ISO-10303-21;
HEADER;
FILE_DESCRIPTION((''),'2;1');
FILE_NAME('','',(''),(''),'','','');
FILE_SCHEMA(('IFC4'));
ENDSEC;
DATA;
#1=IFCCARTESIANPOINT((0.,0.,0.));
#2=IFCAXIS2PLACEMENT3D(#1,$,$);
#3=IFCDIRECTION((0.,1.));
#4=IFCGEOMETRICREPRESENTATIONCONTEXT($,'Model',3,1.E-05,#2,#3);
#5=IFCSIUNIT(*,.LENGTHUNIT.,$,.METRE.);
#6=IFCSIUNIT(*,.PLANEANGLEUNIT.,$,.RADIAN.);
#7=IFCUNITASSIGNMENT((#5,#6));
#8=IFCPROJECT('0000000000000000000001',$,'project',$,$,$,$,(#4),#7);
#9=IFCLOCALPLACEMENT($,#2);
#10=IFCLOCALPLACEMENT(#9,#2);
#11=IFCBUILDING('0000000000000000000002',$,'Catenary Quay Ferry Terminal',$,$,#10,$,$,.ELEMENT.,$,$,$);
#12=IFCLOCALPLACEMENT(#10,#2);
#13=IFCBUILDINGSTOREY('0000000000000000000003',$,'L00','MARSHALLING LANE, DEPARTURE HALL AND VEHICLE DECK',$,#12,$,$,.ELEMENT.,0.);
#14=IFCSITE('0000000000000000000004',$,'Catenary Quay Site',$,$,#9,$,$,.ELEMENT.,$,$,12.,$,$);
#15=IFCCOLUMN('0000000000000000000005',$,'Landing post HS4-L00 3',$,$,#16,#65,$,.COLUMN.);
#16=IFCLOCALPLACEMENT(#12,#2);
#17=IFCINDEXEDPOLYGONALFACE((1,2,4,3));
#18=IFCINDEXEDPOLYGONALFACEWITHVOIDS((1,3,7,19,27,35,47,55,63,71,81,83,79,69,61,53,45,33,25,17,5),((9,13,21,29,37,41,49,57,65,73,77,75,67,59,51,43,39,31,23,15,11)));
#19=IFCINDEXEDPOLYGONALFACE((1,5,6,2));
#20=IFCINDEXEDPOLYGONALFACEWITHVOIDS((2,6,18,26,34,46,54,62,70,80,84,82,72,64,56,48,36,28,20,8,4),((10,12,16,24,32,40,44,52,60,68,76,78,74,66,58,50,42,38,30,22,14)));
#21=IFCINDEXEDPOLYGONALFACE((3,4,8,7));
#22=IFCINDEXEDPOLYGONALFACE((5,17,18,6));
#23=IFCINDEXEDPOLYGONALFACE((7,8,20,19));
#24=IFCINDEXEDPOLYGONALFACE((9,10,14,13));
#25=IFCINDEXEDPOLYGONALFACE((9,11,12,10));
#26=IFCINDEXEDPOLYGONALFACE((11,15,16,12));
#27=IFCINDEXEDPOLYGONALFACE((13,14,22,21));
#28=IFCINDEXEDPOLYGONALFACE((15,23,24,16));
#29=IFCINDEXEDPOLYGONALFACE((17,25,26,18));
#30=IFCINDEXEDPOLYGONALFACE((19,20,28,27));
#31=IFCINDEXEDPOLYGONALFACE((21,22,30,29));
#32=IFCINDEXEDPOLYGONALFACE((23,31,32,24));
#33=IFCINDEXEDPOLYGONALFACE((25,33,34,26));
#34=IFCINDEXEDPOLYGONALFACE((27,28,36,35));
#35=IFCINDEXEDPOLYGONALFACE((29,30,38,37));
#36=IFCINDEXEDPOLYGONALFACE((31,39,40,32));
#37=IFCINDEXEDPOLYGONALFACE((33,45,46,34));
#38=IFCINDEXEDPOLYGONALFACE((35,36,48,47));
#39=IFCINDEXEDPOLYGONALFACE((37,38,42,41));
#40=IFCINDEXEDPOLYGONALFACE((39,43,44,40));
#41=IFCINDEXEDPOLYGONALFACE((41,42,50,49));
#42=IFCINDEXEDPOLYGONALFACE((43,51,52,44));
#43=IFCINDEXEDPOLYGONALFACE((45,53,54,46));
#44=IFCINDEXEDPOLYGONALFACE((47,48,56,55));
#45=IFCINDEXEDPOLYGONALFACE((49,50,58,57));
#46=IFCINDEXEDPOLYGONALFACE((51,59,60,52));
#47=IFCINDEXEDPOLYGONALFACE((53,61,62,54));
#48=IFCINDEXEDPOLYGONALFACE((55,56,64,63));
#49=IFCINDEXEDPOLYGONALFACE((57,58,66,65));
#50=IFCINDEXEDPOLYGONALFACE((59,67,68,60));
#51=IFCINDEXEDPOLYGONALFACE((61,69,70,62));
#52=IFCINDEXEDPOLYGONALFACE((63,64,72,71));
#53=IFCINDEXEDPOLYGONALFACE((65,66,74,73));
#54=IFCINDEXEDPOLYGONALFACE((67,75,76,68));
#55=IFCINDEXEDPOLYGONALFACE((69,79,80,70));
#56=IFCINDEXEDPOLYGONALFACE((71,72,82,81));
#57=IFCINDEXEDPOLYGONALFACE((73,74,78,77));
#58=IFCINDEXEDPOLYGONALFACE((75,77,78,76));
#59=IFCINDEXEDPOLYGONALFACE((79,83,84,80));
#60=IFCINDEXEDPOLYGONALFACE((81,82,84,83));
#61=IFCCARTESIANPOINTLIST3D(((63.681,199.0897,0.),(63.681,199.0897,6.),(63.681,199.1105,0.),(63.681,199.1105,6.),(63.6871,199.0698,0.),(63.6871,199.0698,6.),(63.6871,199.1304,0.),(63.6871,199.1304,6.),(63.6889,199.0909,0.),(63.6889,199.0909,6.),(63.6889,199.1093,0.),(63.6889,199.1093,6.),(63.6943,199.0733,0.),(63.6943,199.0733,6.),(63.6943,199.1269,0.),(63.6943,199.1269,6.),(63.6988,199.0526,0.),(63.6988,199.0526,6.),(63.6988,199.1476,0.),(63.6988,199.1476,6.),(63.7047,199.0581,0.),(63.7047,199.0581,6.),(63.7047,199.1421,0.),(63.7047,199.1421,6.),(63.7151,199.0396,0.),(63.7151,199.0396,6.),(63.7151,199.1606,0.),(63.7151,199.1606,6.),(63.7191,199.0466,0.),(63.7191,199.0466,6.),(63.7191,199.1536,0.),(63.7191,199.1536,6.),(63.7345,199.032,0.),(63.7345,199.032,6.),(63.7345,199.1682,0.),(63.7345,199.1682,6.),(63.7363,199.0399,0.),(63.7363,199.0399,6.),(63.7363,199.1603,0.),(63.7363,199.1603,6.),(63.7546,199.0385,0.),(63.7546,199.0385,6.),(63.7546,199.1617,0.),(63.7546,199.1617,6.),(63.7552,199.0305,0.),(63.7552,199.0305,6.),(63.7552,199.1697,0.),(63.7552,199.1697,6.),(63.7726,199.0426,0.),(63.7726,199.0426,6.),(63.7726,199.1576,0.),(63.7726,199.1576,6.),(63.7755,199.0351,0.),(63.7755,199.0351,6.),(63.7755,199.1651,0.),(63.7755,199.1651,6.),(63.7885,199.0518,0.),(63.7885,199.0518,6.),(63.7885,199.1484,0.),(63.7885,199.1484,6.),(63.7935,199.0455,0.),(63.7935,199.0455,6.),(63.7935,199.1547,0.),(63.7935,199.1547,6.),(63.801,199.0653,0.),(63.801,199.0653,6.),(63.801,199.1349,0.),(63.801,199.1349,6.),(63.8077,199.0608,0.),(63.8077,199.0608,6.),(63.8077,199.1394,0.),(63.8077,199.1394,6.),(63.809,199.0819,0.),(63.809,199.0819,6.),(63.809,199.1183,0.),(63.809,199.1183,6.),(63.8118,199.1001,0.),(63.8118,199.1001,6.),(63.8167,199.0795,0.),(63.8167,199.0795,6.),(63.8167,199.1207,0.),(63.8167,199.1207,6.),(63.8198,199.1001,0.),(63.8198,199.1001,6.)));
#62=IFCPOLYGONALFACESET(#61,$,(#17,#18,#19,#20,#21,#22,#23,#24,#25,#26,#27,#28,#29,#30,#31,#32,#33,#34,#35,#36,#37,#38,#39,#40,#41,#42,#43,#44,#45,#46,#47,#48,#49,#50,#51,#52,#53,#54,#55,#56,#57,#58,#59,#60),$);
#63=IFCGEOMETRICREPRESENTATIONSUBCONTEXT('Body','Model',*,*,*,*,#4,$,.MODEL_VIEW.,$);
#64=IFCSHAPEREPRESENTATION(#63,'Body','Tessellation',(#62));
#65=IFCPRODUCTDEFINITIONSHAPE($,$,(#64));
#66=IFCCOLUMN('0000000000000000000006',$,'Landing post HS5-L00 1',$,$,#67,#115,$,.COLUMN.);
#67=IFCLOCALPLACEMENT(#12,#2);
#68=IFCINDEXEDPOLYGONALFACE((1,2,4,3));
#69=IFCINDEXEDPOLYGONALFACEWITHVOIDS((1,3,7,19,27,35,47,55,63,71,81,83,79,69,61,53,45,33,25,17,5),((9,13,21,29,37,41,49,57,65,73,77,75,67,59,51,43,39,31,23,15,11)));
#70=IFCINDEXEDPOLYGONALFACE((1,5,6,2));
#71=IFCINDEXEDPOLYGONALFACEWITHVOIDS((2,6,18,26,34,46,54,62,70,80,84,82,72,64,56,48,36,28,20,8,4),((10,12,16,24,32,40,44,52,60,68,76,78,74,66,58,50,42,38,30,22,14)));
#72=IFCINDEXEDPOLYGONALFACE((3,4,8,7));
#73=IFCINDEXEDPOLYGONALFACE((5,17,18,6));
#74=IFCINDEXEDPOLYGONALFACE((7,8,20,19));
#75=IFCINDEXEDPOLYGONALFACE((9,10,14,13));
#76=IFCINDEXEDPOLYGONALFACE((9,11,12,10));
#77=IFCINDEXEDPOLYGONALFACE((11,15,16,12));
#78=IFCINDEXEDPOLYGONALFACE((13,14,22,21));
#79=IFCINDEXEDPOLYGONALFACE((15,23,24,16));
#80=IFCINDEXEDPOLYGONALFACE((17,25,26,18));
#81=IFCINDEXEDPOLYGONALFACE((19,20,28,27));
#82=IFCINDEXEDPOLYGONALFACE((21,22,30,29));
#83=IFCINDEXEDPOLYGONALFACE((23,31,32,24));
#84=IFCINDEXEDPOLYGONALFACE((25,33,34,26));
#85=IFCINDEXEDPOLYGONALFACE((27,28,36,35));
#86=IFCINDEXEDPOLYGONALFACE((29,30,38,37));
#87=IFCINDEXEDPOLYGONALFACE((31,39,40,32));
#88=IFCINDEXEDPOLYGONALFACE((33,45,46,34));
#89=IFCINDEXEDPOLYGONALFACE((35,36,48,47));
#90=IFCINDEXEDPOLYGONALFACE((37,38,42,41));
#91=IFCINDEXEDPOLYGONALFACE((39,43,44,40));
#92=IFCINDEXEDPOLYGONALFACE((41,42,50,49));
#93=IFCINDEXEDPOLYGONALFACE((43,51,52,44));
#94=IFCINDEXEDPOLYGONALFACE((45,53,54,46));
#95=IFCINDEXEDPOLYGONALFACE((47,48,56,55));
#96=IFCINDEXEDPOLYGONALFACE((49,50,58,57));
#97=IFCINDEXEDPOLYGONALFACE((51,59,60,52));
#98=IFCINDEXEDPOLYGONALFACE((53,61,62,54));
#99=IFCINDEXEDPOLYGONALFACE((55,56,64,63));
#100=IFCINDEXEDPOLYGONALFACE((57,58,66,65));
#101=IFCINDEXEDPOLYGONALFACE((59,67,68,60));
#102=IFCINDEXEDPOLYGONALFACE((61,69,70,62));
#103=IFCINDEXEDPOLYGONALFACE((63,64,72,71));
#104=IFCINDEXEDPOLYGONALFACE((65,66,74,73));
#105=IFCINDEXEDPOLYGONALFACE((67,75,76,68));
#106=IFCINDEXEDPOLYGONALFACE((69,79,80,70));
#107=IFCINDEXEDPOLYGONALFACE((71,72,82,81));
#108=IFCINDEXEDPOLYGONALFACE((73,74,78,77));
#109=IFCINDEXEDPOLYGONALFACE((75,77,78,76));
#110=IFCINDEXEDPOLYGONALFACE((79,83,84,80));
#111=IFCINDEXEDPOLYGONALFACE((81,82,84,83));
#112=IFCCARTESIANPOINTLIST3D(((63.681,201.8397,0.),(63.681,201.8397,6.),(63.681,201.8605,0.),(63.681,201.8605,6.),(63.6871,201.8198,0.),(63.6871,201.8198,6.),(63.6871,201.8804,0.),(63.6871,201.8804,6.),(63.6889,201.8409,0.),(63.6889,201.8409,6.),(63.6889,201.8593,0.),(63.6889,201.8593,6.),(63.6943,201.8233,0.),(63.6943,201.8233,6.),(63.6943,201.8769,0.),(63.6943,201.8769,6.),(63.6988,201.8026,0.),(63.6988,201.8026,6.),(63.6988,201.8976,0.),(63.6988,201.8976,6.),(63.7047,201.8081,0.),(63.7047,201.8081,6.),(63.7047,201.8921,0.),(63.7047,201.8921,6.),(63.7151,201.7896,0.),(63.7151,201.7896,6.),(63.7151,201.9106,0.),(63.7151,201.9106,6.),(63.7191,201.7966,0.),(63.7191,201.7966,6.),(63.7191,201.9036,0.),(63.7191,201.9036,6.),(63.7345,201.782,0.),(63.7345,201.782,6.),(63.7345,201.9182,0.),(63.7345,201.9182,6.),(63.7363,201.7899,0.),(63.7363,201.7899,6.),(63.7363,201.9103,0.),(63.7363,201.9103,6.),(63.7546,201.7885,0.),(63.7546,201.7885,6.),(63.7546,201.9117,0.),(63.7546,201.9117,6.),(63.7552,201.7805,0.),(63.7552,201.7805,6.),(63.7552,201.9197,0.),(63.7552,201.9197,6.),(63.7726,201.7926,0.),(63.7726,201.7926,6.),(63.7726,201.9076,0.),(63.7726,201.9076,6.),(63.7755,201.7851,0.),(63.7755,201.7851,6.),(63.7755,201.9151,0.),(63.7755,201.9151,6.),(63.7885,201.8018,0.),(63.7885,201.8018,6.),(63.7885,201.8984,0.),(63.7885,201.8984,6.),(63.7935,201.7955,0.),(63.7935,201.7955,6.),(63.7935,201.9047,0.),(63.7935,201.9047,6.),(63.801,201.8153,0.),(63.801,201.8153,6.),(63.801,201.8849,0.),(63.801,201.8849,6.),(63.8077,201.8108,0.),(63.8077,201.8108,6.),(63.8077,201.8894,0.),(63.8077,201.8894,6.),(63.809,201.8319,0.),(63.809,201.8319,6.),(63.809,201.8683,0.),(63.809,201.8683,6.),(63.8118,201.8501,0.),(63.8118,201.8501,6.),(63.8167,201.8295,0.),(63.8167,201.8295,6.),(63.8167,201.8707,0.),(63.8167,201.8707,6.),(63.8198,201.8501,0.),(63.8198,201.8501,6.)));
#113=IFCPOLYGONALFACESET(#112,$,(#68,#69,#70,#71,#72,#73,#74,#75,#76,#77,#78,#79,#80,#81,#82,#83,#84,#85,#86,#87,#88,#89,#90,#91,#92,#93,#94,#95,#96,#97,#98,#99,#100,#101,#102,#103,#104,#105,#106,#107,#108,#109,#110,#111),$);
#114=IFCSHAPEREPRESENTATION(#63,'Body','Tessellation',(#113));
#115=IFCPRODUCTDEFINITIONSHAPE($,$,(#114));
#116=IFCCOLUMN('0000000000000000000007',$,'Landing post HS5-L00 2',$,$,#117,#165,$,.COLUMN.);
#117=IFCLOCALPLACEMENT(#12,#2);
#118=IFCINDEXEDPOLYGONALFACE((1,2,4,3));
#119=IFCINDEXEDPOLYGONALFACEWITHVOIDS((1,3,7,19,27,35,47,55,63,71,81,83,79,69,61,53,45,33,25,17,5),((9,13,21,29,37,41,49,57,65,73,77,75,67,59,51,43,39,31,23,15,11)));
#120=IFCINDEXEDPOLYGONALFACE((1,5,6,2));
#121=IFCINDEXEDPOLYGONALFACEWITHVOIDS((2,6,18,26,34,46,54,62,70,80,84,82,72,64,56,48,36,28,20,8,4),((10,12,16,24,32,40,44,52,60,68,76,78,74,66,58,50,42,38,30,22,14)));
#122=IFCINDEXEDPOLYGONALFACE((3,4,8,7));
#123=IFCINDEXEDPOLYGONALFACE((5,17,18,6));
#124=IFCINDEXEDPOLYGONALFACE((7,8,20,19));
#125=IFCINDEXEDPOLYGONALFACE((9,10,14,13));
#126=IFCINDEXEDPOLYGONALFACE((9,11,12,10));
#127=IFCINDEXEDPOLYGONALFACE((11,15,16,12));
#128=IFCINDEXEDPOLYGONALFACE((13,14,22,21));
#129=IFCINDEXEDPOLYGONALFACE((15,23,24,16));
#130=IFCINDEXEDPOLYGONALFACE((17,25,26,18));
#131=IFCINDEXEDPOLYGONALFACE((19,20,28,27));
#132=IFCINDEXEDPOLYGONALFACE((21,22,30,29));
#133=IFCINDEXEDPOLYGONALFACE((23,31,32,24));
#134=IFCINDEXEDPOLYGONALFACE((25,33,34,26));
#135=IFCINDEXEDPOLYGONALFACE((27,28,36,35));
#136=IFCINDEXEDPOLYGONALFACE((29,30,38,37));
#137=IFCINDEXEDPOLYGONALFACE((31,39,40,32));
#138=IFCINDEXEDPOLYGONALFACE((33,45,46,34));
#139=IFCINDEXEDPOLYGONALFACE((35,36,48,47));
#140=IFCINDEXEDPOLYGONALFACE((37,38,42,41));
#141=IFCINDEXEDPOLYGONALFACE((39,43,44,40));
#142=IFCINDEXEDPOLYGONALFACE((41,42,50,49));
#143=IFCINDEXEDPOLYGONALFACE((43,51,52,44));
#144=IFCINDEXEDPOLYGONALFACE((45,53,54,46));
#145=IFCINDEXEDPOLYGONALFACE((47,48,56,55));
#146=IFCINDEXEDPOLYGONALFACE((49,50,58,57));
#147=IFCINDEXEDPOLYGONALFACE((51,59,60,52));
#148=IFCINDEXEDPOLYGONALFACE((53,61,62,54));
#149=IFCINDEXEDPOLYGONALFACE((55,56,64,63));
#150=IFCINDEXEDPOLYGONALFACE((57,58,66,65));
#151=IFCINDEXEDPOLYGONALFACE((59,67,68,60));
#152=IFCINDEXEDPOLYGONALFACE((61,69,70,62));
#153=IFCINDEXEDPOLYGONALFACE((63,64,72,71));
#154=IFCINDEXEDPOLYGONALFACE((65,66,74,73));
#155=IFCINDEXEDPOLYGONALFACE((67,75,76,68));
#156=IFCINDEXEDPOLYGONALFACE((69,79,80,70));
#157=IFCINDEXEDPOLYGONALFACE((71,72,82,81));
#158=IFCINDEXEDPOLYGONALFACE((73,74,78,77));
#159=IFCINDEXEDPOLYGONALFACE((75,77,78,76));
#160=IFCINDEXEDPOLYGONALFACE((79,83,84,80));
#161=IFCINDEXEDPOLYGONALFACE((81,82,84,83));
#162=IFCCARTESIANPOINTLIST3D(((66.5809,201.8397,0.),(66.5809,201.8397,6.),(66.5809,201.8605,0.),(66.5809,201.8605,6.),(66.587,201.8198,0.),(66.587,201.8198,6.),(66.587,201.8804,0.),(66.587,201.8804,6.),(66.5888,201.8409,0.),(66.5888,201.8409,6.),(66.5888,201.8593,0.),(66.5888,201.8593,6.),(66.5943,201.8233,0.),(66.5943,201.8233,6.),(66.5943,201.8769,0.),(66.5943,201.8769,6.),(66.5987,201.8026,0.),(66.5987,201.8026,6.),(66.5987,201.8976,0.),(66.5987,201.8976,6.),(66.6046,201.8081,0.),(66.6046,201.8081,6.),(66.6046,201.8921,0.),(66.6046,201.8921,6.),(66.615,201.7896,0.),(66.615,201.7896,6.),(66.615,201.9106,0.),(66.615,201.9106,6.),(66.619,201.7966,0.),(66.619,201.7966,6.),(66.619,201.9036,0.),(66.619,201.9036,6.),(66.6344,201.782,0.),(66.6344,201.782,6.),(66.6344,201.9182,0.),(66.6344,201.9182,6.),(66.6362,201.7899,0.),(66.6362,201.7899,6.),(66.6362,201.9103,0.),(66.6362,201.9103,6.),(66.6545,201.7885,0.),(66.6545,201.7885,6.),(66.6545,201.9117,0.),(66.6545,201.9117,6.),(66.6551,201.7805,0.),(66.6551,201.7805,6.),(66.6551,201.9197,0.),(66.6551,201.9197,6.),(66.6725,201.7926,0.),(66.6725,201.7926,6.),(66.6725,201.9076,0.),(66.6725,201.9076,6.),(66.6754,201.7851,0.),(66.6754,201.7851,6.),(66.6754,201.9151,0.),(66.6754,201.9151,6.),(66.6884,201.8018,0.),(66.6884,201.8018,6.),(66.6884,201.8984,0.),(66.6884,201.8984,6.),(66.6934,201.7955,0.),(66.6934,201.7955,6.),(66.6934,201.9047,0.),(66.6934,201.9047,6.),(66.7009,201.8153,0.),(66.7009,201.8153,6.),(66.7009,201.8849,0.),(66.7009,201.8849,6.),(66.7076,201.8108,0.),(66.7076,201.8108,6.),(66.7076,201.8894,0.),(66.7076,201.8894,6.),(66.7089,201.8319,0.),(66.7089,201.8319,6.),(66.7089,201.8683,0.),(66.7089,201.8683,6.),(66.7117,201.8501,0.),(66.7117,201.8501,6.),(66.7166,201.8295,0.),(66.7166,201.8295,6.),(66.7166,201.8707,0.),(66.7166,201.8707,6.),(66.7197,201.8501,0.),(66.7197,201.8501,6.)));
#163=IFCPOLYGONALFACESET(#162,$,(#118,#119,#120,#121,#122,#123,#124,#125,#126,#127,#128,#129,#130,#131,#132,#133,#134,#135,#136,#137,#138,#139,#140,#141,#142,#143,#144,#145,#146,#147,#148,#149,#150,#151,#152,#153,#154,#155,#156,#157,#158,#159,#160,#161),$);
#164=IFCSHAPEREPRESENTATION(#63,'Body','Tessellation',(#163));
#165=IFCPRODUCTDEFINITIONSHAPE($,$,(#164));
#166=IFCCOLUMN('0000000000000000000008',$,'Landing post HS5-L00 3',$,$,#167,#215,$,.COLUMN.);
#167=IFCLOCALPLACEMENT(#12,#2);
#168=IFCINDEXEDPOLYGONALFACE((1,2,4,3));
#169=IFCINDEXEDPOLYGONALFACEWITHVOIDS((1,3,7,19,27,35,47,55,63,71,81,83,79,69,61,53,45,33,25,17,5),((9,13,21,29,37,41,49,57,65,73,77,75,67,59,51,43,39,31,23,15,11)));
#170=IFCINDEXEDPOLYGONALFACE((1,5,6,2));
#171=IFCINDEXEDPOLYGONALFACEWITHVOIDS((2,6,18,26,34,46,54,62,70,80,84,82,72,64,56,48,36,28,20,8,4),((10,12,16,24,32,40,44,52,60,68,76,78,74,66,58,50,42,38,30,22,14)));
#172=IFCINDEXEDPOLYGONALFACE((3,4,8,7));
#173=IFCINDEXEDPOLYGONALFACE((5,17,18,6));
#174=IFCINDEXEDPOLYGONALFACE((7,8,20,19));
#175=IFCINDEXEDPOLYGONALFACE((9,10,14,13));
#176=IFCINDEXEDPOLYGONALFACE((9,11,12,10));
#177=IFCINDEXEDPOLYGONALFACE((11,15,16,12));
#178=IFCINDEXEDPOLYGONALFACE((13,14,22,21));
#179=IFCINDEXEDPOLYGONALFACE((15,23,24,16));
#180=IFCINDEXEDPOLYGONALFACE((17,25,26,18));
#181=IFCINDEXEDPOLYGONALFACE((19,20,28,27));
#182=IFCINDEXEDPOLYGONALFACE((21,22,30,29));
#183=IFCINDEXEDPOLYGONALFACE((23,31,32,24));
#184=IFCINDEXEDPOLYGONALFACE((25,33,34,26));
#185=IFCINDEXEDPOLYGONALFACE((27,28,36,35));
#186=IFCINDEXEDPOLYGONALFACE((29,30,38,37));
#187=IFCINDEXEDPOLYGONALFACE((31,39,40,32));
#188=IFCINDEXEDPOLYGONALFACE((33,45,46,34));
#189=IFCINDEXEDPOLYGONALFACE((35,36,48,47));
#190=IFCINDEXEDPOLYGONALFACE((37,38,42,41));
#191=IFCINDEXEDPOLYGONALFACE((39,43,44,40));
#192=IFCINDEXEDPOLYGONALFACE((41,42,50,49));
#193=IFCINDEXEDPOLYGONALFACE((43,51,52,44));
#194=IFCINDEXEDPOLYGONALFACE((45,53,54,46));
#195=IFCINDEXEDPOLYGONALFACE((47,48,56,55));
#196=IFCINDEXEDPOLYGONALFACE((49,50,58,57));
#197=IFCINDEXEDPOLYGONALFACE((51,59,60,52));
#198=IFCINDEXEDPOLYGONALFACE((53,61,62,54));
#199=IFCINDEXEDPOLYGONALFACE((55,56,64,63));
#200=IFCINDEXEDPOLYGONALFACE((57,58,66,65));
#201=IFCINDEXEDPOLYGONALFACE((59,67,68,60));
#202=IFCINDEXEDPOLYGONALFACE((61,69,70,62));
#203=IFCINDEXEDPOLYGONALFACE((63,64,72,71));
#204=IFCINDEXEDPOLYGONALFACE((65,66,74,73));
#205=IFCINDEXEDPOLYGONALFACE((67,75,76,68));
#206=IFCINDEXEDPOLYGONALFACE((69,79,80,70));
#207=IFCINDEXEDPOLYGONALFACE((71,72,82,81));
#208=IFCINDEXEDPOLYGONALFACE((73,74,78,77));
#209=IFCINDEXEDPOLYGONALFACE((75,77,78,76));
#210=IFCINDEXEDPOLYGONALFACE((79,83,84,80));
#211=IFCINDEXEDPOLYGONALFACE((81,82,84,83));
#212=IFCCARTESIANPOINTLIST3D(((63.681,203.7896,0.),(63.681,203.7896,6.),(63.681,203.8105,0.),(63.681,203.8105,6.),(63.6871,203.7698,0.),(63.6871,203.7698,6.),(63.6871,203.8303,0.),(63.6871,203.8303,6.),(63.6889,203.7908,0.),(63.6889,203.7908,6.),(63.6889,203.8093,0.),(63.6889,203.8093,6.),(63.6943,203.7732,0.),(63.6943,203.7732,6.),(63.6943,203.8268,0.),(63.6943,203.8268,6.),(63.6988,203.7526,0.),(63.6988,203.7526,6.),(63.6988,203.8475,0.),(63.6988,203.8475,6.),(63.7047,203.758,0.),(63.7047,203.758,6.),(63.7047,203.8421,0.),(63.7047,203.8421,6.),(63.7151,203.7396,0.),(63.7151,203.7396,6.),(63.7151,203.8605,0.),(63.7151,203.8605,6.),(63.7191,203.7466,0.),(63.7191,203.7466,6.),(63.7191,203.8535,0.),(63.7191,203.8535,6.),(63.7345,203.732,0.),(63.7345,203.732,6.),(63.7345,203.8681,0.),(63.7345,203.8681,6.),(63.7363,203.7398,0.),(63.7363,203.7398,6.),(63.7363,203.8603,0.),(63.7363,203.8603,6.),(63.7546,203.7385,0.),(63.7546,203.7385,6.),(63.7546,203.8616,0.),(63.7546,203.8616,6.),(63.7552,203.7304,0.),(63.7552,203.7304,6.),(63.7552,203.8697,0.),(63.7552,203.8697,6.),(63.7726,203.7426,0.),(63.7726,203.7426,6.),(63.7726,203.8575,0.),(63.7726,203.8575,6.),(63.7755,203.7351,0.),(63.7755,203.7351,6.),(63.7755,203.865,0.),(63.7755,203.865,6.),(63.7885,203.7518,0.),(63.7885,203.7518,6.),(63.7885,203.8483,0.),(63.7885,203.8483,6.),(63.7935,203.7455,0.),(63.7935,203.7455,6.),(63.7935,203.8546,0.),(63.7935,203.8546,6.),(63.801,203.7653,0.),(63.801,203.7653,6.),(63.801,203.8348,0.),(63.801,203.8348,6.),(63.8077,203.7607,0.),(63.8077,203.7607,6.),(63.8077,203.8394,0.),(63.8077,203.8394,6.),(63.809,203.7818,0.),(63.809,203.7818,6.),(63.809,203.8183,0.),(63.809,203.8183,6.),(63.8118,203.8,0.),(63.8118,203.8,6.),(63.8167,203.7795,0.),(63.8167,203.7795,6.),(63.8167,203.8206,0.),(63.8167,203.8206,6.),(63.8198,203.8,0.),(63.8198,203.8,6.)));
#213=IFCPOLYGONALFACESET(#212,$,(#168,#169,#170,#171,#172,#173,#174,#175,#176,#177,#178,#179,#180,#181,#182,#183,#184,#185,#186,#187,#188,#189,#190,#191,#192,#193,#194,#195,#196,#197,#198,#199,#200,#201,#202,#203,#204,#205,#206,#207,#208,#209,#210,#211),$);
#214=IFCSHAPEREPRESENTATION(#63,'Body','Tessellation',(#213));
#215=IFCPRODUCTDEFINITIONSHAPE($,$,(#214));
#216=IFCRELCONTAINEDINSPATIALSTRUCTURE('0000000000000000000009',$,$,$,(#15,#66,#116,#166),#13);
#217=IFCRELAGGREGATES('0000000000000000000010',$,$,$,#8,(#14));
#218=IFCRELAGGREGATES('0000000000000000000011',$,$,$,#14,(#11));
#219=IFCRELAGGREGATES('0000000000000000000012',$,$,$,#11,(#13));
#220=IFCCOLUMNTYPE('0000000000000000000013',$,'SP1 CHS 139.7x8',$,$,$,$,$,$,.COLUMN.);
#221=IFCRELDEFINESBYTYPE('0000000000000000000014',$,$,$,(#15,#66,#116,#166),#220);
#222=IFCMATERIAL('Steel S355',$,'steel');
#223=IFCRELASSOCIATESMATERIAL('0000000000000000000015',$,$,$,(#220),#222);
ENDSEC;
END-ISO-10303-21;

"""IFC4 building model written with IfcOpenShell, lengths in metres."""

from ifc_helpers import new_model, si_unit, direction, frame, origin, origin_2d, place, context, subcontext, project, spatial, hollow_circle, extrude, material, material_profile, profile_set, type_object, element, save


model = new_model("IFC4")

# Units and contexts
model_context = context("Model", 3, precision=1e-05, world=origin(), true_north=direction((0.0, 1.0)))
body_context = subcontext(model_context, "Body", "Model", "MODEL_VIEW")
ifc_project = project(units=[si_unit("LENGTHUNIT", "METRE"), si_unit("PLANEANGLEUNIT", "RADIAN")], contexts=[model_context])

# Site, building, storey
site_placement = place(None, origin())
site = spatial("IfcSite", under=ifc_project, at=site_placement, Name="Catenary Quay Site", CompositionType="ELEMENT", RefElevation=12.0)
building_placement = place(site_placement, origin())
building = spatial("IfcBuilding", under=site, at=building_placement, Name="Catenary Quay Ferry Terminal", CompositionType="ELEMENT")
storey_placement = place(building_placement, origin())
storey = spatial("IfcBuildingStorey", under=building, at=storey_placement, Name="L00", Description="MARSHALLING LANE, DEPARTURE HALL AND VEHICLE DECK", CompositionType="ELEMENT", Elevation=0.0)

# Columns
ifc_material_1 = material(Name="Steel S355", Category="steel")
ifc_material_profile_1 = material_profile(ifc_material_1, hollow_circle(Radius=0.0698, WallThickness=0.0081, at=origin_2d()), Name="CHS 139.7x8")
ifc_profile_set_1 = profile_set([ifc_material_profile_1], Name="Steel S355")
column_type_1 = type_object("IfcColumnType", Name="SP1 CHS 139.7x8", PredefinedType="COLUMN", material=ifc_profile_set_1)
for number, where, z_axis, x_axis, name in (
    (1, (63.75, 199.1001, 0.0), (0.0, 0.0, 1.0), (1.0, 0.0, 0.0), "Landing post HS4-L00 3"),
    (2, (63.75, 201.8501, 0.0), (0.0, 0.0, 1.0), (1.0, 0.0, 0.0), "Landing post HS5-L00 1"),
    (3, (66.6499, 201.8501, 0.0), (0.0, 0.0, 1.0), (1.0, 0.0, 0.0), "Landing post HS5-L00 2"),
    (4, (63.75, 203.8, 0.0), (0.0, 0.0, 1.0), (1.0, 0.0, 0.0), "Landing post HS5-L00 3"),
):
    element("IfcColumn", number, at=place(storey_placement, frame(where, z_axis=z_axis, x_axis=x_axis)), inside=storey, type_object=column_type_1, Name=name, PredefinedType="COLUMN", context=body_context, shape_type="SweptSolid", body=[
        extrude(hollow_circle(Radius=0.0698, WallThickness=0.0081, at=origin_2d()), origin(), (0.0, 0.0, 1.0), 6.0),
    ])

save(model, "model.ifc")
